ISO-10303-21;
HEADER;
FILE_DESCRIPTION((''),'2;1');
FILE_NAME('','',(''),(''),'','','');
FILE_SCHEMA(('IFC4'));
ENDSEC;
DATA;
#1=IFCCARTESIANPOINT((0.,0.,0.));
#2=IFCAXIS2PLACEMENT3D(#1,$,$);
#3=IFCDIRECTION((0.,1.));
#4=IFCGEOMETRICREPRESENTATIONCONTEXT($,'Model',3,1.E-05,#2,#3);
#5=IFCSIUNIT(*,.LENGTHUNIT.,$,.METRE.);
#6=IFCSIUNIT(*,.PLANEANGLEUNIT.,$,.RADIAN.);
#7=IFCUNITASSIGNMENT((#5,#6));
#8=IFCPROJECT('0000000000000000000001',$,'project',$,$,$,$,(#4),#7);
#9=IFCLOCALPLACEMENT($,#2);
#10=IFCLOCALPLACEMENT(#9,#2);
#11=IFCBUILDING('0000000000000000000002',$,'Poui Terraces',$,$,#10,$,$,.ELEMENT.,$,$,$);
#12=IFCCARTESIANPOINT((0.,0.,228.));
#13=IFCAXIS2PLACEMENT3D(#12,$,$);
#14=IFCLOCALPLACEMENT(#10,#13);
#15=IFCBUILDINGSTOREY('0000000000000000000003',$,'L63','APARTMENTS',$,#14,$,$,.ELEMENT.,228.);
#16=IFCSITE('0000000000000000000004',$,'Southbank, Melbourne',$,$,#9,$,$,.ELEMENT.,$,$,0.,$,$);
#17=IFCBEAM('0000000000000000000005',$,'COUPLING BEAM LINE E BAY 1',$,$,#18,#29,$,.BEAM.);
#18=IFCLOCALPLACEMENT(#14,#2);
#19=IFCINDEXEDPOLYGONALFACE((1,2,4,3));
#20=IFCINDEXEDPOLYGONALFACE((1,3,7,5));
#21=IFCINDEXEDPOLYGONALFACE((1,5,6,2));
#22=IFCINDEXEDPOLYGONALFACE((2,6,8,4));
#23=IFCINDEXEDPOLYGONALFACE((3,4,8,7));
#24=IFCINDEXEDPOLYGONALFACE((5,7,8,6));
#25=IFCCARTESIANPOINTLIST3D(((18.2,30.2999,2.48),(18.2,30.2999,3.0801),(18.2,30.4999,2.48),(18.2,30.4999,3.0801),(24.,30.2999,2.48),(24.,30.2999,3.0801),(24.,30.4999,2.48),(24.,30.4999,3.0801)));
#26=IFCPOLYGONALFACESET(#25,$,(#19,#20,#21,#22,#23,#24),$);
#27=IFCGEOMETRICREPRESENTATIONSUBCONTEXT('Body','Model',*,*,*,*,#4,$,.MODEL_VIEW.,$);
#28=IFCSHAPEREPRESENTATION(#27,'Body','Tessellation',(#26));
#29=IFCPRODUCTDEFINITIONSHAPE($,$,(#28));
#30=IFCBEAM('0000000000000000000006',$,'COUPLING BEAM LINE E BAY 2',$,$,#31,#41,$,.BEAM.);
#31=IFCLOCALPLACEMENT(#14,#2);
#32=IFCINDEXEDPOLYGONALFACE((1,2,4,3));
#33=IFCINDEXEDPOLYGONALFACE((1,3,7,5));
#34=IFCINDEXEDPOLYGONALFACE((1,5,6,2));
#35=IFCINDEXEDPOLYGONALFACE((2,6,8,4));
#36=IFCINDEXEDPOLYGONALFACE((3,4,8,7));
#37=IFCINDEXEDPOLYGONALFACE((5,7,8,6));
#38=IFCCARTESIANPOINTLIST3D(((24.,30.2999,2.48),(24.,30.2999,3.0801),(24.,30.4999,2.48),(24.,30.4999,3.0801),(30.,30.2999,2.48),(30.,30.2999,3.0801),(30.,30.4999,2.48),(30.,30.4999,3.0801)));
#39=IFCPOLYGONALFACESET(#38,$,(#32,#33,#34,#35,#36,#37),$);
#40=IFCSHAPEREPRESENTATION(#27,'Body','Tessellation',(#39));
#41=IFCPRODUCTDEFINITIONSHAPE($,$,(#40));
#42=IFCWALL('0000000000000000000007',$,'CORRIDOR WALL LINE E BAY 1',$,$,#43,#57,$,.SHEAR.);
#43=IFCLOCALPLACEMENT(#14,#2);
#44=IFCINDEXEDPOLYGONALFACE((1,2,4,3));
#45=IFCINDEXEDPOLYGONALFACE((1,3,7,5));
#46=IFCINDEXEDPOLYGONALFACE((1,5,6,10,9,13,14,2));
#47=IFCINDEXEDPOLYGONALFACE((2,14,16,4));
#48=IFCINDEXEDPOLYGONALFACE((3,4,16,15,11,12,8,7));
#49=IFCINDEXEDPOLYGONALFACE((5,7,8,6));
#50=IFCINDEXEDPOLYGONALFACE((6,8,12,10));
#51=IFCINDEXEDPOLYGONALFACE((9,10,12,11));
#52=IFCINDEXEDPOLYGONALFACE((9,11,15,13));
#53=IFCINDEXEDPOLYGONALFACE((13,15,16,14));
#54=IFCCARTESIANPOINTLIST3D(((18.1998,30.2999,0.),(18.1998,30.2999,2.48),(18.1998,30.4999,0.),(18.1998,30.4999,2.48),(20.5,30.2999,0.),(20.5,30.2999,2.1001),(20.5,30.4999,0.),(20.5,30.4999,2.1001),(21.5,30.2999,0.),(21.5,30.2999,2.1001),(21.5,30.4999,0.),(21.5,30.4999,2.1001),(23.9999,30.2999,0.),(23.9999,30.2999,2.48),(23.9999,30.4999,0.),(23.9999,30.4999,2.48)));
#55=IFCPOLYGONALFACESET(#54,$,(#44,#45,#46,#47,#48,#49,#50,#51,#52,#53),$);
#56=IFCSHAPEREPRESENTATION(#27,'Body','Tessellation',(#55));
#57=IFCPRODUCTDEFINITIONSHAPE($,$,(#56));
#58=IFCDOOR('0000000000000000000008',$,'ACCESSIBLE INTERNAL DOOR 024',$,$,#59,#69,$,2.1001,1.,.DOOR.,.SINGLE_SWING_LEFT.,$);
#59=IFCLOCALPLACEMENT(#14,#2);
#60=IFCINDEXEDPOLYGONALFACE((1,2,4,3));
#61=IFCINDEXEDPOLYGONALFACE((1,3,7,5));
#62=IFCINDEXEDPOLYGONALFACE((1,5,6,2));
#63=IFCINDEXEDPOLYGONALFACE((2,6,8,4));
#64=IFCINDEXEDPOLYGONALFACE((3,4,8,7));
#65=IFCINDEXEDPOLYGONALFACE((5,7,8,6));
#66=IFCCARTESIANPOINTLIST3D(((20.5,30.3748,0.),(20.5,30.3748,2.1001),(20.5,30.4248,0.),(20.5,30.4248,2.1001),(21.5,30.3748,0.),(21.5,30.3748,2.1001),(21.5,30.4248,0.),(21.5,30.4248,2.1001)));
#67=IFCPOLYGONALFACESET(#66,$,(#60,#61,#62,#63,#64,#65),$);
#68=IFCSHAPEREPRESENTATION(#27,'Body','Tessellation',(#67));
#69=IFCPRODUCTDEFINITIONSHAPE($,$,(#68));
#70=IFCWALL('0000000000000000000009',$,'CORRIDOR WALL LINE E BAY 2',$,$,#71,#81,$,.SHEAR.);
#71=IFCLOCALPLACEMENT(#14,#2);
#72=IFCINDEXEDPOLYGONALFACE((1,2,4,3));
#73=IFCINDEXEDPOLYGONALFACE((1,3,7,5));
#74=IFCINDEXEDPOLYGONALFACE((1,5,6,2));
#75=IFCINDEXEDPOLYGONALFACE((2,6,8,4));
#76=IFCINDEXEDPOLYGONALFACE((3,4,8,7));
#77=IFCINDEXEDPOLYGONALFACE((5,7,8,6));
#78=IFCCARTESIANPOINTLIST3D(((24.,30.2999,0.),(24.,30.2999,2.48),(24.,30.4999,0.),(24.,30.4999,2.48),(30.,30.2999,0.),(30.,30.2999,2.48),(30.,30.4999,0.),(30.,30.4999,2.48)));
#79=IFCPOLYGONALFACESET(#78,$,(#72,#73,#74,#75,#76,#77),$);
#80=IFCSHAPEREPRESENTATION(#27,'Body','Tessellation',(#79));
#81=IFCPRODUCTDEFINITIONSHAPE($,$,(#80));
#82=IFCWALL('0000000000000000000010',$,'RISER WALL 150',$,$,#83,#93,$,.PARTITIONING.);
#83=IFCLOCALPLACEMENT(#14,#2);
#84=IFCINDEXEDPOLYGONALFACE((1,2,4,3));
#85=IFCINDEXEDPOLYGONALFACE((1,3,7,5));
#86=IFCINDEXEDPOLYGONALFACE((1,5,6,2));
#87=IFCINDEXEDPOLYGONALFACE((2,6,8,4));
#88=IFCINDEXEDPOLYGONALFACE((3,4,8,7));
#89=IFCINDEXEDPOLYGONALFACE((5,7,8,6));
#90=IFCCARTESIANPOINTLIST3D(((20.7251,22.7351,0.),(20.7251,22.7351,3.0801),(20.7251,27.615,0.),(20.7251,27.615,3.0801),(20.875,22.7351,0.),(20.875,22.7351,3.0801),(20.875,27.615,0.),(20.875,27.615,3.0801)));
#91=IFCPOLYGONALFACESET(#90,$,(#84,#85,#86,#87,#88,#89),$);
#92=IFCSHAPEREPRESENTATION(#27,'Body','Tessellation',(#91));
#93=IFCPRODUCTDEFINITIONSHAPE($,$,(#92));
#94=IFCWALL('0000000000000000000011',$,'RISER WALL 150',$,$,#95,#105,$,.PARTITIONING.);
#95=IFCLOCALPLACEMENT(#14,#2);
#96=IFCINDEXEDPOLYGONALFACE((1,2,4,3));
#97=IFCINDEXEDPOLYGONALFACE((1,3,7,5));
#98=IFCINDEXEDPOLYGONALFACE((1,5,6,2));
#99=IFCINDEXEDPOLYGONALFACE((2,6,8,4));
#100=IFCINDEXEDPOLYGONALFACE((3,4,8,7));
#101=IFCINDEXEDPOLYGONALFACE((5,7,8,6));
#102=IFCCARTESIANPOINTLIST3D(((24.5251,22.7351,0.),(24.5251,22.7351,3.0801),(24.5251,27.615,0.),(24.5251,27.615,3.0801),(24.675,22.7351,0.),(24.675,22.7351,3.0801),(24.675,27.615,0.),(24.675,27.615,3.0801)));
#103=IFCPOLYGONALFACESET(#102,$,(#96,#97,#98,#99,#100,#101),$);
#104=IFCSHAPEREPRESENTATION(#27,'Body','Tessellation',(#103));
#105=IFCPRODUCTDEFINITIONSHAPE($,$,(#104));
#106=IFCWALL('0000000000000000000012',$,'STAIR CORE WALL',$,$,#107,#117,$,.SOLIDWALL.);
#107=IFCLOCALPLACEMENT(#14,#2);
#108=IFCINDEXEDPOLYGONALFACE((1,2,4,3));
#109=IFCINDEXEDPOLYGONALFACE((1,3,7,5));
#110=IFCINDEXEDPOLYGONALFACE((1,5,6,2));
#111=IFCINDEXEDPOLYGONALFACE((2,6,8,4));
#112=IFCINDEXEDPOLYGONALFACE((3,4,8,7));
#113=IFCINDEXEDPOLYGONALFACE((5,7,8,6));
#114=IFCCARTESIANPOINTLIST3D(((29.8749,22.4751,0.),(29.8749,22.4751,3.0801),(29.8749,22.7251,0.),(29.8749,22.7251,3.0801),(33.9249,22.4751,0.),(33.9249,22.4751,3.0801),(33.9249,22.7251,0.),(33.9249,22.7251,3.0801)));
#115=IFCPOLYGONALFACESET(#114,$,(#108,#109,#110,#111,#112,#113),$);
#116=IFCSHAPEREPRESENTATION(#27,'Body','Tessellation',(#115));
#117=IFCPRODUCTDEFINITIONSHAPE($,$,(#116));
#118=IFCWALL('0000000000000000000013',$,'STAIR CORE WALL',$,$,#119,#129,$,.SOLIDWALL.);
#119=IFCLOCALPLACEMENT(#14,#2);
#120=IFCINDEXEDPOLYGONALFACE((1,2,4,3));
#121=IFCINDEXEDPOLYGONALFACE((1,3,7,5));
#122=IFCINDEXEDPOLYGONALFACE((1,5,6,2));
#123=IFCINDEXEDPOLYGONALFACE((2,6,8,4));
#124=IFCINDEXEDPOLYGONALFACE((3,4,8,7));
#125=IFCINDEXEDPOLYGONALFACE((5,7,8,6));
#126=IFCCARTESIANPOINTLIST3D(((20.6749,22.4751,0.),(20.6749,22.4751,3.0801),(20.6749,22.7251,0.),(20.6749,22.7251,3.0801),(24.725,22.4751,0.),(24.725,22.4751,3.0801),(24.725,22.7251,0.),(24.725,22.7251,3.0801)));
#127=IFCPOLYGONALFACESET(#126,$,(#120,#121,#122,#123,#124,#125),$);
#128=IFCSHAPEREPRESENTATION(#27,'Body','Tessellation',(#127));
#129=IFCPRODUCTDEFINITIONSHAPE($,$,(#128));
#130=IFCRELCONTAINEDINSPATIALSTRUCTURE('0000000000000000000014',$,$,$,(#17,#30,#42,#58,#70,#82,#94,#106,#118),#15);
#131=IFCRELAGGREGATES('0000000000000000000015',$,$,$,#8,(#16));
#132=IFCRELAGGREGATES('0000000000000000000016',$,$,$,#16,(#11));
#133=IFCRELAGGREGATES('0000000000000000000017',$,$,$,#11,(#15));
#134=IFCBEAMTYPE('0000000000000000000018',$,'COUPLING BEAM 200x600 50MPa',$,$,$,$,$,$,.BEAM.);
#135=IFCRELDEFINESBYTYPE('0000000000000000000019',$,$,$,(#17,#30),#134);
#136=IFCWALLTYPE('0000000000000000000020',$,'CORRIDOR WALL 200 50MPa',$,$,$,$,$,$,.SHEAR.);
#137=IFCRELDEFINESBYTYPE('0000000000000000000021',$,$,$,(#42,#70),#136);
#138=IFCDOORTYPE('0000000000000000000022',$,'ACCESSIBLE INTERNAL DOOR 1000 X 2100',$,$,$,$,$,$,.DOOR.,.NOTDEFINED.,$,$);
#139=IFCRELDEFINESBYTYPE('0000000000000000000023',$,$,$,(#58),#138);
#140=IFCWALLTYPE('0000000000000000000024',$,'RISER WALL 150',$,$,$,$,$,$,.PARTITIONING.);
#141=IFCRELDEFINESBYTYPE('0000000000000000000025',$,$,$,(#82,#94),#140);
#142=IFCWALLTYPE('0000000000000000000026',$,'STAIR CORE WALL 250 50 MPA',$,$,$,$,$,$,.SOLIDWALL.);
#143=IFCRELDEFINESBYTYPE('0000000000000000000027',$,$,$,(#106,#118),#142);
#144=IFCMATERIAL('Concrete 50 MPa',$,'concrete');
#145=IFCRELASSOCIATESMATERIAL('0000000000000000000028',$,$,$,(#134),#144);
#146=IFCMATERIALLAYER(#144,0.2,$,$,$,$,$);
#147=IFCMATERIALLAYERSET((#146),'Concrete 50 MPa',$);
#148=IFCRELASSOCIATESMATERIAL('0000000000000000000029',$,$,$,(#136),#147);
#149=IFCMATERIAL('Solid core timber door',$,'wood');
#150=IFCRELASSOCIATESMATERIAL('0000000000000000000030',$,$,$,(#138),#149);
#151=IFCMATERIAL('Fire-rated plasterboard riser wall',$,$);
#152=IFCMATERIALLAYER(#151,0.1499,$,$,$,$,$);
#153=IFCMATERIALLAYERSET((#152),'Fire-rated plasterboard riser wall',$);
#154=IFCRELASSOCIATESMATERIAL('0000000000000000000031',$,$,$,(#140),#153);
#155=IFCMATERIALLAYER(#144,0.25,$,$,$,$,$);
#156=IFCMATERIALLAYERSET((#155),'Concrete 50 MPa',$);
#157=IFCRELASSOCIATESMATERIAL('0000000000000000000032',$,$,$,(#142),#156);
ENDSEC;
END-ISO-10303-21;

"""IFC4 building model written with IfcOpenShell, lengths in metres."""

from ifc_helpers import new_model, si_unit, direction, frame, frame_2d, origin, origin_2d, place, context, subcontext, project, spatial, rectangle, extrude, source, transform, mapped, material, layer, layer_set, material_profile, profile_set, type_object, element, fill, save


model = new_model("IFC4")

# Units and contexts
model_context = context("Model", 3, precision=1e-05, world=origin(), true_north=direction((0.0, 1.0)))
body_context = subcontext(model_context, "Body", "Model", "MODEL_VIEW")
ifc_project = project(units=[si_unit("LENGTHUNIT", "METRE"), si_unit("PLANEANGLEUNIT", "RADIAN")], contexts=[model_context])

# Site, building, storey
site_placement = place(None, origin())
site = spatial("IfcSite", under=ifc_project, at=site_placement, Name="Southbank, Melbourne", CompositionType="ELEMENT", RefElevation=0.0)
building_placement = place(site_placement, origin())
building = spatial("IfcBuilding", under=site, at=building_placement, Name="Poui Terraces", CompositionType="ELEMENT")
storey_placement = place(building_placement, frame((0.0, 0.0, 228.0)))
storey = spatial("IfcBuildingStorey", under=building, at=storey_placement, Name="L63", Description="APARTMENTS", CompositionType="ELEMENT", Elevation=228.0)

# Beams
ifc_material_1 = material(Name="Concrete 50 MPa", Category="concrete")
ifc_material_profile = material_profile(ifc_material_1, rectangle(XDim=0.2, YDim=0.6001, at=origin_2d()), Name="RC 200x600")
ifc_profile_set = profile_set([ifc_material_profile], Name="Concrete 50 MPa")
beam_type = type_object("IfcBeamType", Name="COUPLING BEAM 200x600 50MPa", PredefinedType="BEAM", material=ifc_profile_set)
shared_shape_1 = source(origin(), body_context, "Body", "SweptSolid", [
    extrude(rectangle(XDim=0.2, YDim=0.6001, at=origin_2d()), origin(), (0.0, 0.0, 1.0), 5.8),
])
beam_1_placement = place(storey_placement, frame((18.2, 30.3999, 2.78), z_axis=(1.0, 0.0, 0.0), x_axis=(0.0, 1.0, 0.0)))
element("IfcBeam", 1, at=beam_1_placement, inside=storey, type_object=beam_type, Name="COUPLING BEAM LINE E BAY 1", PredefinedType="BEAM", context=body_context, shape_type="MappedRepresentation", body=[
    mapped(shared_shape_1, transform((0.0, 0.0, 0.0))),
])
shared_shape_2 = source(origin(), body_context, "Body", "SweptSolid", [
    extrude(rectangle(XDim=0.2, YDim=0.6001, at=origin_2d()), origin(), (0.0, 0.0, 1.0), 6.0),
])
beam_2_placement = place(storey_placement, frame((24.0, 30.3999, 2.78), z_axis=(1.0, 0.0, 0.0), x_axis=(0.0, 1.0, 0.0)))
element("IfcBeam", 2, at=beam_2_placement, inside=storey, type_object=beam_type, Name="COUPLING BEAM LINE E BAY 2", PredefinedType="BEAM", context=body_context, shape_type="MappedRepresentation", body=[
    mapped(shared_shape_2, transform((0.0, 0.0, 0.0))),
])

# Wall, opening, door
ifc_layer_1 = layer(ifc_material_1, 0.2)
ifc_layer_set_1 = layer_set([ifc_layer_1], Name="Concrete 50 MPa")
wall_type_1 = type_object("IfcWallType", Name="CORRIDOR WALL 200 50MPa", PredefinedType="SHEAR", material=ifc_layer_set_1)
wall_1_placement = place(storey_placement, frame((18.2, 30.3999, 0.0), z_axis=(0.0, 0.0, 1.0), x_axis=(1.0, 0.0, 0.0)))
wall_1 = element("IfcWall", 3, at=wall_1_placement, inside=storey, type_object=wall_type_1, Name="CORRIDOR WALL LINE E BAY 1", PredefinedType="SHEAR", context=body_context, shape_type="SweptSolid", body=[
    extrude(rectangle(XDim=5.8, YDim=0.2, at=frame_2d((2.8999, 0.0))), origin(), (0.0, 0.0, 1.0), 2.48),
])
opening_1_placement = place(wall_1_placement, frame((2.3, 0.0, 0.0)))
opening_1 = element("IfcOpeningElement", 4, at=opening_1_placement, cuts=wall_1, PredefinedType="OPENING", context=body_context, shape_type="SweptSolid", body=[
    extrude(rectangle(XDim=1.0, YDim=2.1001, at=frame_2d((0.5, 1.05))), frame((0.0, 0.1099, 0.0), z_axis=(0.0, -1.0, 0.0), x_axis=(1.0, 0.0, 0.0)), (0.0, 0.0, 1.0), 0.22),
])
ifc_material_2 = material(Name="Solid core timber door", Category="wood")
door_type_1 = type_object("IfcDoorType", Name="ACCESSIBLE INTERNAL DOOR 1000 X 2100", OperationType="NOTDEFINED", PredefinedType="DOOR", material=ifc_material_2)
door_1_placement = place(opening_1_placement, origin())
door_1 = element("IfcDoor", 5, at=door_1_placement, inside=storey, type_object=door_type_1, Name="ACCESSIBLE INTERNAL DOOR 024", OperationType="SINGLE_SWING_LEFT", OverallHeight=2.1001, OverallWidth=1.0, PredefinedType="DOOR", context=body_context, shape_type="SweptSolid", body=[
    extrude(rectangle(XDim=1.0, YDim=2.1001, at=frame_2d((0.5, 1.05))), frame((0.0, 0.0249, 0.0), z_axis=(0.0, -1.0, 0.0), x_axis=(1.0, 0.0, 0.0)), (0.0, 0.0, 1.0), 0.05),
])
fill(opening_1, door_1)

# Walls
wall_2_placement = place(storey_placement, frame((24.0, 30.3999, 0.0), z_axis=(0.0, 0.0, 1.0), x_axis=(1.0, 0.0, 0.0)))
element("IfcWall", 6, at=wall_2_placement, inside=storey, type_object=wall_type_1, Name="CORRIDOR WALL LINE E BAY 2", PredefinedType="SHEAR", context=body_context, shape_type="SweptSolid", body=[
    extrude(rectangle(XDim=6.0, YDim=0.2, at=frame_2d((3.0, 0.0))), origin(), (0.0, 0.0, 1.0), 2.48),
])
ifc_material_3 = material(Name="Fire-rated plasterboard riser wall")
ifc_layer_2 = layer(ifc_material_3, 0.1499)
ifc_layer_set_2 = layer_set([ifc_layer_2], Name="Fire-rated plasterboard riser wall")
wall_type_2 = type_object("IfcWallType", Name="RISER WALL 150", PredefinedType="PARTITIONING", material=ifc_layer_set_2)
for number, where, z_axis, x_axis, name in (
    (7, (20.8, 22.7351, 0.0), (0.0, 0.0, 1.0), (0.0, 1.0, 0.0), "RISER WALL 150"),
    (8, (24.6001, 22.7351, 0.0), (0.0, 0.0, 1.0), (0.0, 1.0, 0.0), "RISER WALL 150"),
):
    element("IfcWall", number, at=place(storey_placement, frame(where, z_axis=z_axis, x_axis=x_axis)), inside=storey, type_object=wall_type_2, Name=name, PredefinedType="PARTITIONING", context=body_context, shape_type="SweptSolid", body=[
        extrude(rectangle(XDim=4.8799, YDim=0.1499, at=frame_2d((2.4399, 0.0))), origin(), (0.0, 0.0, 1.0), 3.0801),
    ])

# Walls
ifc_layer_3 = layer(ifc_material_1, 0.25)
ifc_layer_set_3 = layer_set([ifc_layer_3], Name="Concrete 50 MPa")
wall_type_3 = type_object("IfcWallType", Name="STAIR CORE WALL 250 50 MPA", PredefinedType="SOLIDWALL", material=ifc_layer_set_3)
for number, where, z_axis, x_axis, name in (
    (9, (29.875, 22.6001, 0.0), (0.0, 0.0, 1.0), (1.0, 0.0, 0.0), "STAIR CORE WALL"),
    (10, (20.675, 22.6001, 0.0), (0.0, 0.0, 1.0), (1.0, 0.0, 0.0), "STAIR CORE WALL"),
):
    element("IfcWall", number, at=place(storey_placement, frame(where, z_axis=z_axis, x_axis=x_axis)), inside=storey, type_object=wall_type_3, Name=name, PredefinedType="SOLIDWALL", context=body_context, shape_type="SweptSolid", body=[
        extrude(rectangle(XDim=4.05, YDim=0.25, at=frame_2d((2.0249, 0.0))), origin(), (0.0, 0.0, 1.0), 3.0801),
    ])

save(model, "model.ifc")
